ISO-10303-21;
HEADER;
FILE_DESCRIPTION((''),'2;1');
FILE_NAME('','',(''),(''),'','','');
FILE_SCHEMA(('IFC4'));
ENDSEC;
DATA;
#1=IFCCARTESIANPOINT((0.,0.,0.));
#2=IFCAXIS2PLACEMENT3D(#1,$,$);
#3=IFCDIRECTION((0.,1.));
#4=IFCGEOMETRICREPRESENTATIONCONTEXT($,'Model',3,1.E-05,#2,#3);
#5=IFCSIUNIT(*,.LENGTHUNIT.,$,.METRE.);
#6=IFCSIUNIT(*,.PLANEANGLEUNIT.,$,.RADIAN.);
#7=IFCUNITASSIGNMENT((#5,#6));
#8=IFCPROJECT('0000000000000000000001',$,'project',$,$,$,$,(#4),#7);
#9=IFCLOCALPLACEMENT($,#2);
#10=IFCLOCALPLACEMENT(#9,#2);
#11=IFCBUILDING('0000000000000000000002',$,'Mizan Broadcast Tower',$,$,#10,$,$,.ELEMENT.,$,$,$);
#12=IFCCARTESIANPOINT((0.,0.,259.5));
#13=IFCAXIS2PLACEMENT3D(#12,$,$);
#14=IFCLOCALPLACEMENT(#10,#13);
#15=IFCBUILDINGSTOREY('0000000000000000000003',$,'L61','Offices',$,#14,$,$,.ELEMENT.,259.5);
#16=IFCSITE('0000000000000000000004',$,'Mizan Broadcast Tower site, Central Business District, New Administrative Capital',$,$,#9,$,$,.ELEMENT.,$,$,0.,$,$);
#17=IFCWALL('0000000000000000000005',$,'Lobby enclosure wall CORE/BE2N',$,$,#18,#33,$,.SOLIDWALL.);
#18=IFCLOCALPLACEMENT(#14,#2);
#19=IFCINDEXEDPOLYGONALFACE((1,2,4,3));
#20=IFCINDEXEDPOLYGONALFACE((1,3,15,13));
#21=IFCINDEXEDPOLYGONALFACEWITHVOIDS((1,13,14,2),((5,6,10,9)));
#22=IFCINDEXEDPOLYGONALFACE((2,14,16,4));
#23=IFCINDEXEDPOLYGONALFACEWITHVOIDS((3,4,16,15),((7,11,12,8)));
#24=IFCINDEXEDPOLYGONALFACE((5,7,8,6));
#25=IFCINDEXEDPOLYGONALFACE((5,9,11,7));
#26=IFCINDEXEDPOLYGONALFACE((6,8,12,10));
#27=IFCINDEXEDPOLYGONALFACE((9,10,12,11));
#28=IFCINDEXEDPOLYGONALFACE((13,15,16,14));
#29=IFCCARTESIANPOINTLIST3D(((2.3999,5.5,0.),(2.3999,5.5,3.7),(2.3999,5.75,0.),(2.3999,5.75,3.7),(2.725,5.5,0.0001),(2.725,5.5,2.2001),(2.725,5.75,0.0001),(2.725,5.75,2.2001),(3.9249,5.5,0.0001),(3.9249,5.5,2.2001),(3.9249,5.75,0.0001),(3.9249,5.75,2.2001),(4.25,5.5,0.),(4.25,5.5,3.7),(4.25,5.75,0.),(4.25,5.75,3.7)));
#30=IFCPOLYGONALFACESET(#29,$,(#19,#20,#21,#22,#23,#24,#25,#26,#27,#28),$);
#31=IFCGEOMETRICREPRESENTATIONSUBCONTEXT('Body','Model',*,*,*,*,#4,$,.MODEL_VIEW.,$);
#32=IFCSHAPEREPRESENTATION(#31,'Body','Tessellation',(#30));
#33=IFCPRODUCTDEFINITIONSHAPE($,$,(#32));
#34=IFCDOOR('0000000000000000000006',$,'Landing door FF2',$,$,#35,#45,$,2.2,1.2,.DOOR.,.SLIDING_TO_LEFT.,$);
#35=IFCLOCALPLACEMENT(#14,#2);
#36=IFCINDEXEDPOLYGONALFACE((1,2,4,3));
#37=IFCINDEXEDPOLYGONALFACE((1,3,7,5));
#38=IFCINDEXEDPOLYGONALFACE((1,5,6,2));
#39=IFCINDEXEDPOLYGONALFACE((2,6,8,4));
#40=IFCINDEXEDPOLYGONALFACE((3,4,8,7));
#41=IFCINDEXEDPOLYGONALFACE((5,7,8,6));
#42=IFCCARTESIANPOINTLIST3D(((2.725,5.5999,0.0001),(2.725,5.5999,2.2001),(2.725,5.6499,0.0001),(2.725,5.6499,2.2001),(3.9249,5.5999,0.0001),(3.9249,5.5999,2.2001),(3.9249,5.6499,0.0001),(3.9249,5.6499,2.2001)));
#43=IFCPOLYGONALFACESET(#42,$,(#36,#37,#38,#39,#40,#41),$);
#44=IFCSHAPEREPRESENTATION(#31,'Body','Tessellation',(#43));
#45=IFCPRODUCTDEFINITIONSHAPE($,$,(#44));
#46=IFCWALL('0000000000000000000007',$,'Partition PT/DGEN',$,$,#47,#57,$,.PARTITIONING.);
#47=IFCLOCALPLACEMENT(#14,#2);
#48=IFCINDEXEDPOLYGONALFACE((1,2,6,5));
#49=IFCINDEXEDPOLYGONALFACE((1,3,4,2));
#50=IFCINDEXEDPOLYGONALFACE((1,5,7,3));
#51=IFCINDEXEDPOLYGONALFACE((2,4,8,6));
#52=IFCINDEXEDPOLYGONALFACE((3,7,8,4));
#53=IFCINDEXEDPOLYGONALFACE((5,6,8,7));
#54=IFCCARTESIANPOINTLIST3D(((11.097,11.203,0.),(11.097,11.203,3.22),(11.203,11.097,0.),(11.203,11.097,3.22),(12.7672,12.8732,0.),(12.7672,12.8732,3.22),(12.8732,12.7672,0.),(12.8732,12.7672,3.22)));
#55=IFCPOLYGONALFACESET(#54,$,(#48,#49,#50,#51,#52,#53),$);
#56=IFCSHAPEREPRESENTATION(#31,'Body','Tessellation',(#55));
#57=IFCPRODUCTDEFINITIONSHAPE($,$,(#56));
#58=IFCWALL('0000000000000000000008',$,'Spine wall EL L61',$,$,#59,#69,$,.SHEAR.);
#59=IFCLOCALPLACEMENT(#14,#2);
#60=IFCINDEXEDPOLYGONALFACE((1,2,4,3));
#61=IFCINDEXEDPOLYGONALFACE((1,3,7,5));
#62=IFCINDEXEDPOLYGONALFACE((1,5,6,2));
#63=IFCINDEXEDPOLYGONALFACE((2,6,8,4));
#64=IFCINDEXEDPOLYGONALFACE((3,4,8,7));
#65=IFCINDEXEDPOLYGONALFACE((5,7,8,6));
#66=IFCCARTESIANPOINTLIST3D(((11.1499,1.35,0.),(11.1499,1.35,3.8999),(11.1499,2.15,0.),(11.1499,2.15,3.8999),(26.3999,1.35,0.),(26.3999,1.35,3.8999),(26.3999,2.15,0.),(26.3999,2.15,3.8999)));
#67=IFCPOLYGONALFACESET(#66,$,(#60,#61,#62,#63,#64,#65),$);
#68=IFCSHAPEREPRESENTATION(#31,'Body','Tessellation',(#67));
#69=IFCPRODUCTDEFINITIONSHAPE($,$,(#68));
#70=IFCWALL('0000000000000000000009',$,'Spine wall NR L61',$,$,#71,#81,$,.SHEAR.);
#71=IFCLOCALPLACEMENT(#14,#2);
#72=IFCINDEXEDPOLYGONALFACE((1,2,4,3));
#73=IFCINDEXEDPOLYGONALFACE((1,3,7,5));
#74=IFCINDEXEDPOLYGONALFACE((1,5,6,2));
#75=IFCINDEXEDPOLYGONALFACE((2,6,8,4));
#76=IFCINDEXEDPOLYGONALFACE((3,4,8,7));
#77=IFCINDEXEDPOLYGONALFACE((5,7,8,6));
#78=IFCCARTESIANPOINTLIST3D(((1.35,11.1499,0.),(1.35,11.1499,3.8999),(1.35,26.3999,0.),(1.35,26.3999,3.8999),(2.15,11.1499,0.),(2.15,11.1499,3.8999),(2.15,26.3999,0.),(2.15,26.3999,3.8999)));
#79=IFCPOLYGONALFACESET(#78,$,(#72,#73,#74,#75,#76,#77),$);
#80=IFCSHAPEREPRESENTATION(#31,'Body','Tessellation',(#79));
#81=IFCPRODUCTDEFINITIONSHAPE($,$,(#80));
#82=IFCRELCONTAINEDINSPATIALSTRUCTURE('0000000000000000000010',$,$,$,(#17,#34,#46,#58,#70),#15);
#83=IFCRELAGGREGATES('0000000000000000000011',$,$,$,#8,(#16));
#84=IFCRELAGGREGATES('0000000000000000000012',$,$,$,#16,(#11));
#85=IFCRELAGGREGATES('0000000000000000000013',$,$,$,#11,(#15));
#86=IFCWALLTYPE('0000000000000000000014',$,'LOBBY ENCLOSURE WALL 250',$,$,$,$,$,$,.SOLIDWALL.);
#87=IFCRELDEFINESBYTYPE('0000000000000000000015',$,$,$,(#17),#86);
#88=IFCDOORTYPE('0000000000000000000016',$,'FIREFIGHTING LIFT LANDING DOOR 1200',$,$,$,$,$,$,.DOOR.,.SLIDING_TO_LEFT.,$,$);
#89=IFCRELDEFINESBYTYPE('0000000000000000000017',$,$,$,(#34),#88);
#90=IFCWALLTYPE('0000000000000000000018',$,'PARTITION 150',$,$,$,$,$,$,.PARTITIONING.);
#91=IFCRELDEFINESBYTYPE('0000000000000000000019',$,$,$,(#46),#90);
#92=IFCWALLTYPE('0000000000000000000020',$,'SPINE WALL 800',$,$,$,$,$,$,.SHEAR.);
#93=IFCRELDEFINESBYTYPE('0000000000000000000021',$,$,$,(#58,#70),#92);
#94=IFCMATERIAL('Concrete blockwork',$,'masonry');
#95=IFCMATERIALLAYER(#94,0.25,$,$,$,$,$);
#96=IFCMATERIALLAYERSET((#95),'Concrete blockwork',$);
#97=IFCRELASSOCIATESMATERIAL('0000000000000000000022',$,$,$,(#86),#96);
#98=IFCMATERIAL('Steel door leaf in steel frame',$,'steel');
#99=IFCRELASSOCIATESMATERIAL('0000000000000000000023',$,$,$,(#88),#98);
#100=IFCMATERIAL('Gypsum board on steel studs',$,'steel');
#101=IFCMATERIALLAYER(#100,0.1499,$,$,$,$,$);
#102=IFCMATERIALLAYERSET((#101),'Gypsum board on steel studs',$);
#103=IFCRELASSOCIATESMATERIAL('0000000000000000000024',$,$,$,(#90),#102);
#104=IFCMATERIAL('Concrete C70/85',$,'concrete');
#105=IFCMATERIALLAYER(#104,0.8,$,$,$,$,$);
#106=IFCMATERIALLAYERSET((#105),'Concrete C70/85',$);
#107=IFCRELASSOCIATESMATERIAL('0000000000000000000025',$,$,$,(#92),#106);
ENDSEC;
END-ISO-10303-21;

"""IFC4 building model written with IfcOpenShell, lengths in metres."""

from ifc_helpers import new_model, si_unit, direction, frame, frame_2d, origin, place, context, subcontext, project, spatial, rectangle, extrude, material, layer, layer_set, type_object, element, fill, save


model = new_model("IFC4")

# Units and contexts
model_context = context("Model", 3, precision=1e-05, world=origin(), true_north=direction((0.0, 1.0)))
body_context = subcontext(model_context, "Body", "Model", "MODEL_VIEW")
ifc_project = project(units=[si_unit("LENGTHUNIT", "METRE"), si_unit("PLANEANGLEUNIT", "RADIAN")], contexts=[model_context])

# Site, building, storey
site_placement = place(None, origin())
site = spatial("IfcSite", under=ifc_project, at=site_placement, Name="Mizan Broadcast Tower site, Central Business District, New Administrative Capital", CompositionType="ELEMENT", RefElevation=0.0)
building_placement = place(site_placement, origin())
building = spatial("IfcBuilding", under=site, at=building_placement, Name="Mizan Broadcast Tower", CompositionType="ELEMENT")
storey_placement = place(building_placement, frame((0.0, 0.0, 259.5)))
storey = spatial("IfcBuildingStorey", under=building, at=storey_placement, Name="L61", Description="Offices", CompositionType="ELEMENT", Elevation=259.5)

# Wall, opening, door
ifc_material_1 = material(Name="Concrete blockwork", Category="masonry")
ifc_layer_1 = layer(ifc_material_1, 0.25)
ifc_layer_set_1 = layer_set([ifc_layer_1], Name="Concrete blockwork")
wall_type_1 = type_object("IfcWallType", Name="LOBBY ENCLOSURE WALL 250", PredefinedType="SOLIDWALL", material=ifc_layer_set_1)
wall_1_placement = place(storey_placement, frame((2.3999, 5.625, 0.0), z_axis=(0.0, 0.0, 1.0), x_axis=(1.0, 0.0, 0.0)))
wall_1 = element("IfcWall", 1, at=wall_1_placement, inside=storey, type_object=wall_type_1, Name="Lobby enclosure wall CORE/BE2N", PredefinedType="SOLIDWALL", context=body_context, shape_type="SweptSolid", body=[
    extrude(rectangle(XDim=1.8501, YDim=0.25, at=frame_2d((0.925, 0.0))), origin(), (0.0, 0.0, 1.0), 3.7),
])
opening_1_placement = place(wall_1_placement, frame((0.325, 0.0, 0.0)))
opening_1 = element("IfcOpeningElement", 2, at=opening_1_placement, cuts=wall_1, PredefinedType="OPENING", context=body_context, shape_type="SweptSolid", body=[
    extrude(rectangle(XDim=1.2, YDim=2.2, at=frame_2d((0.6001, 1.1001))), frame((0.0, 0.135, 0.0), z_axis=(0.0, -1.0, 0.0), x_axis=(1.0, 0.0, 0.0)), (0.0, 0.0, 1.0), 0.27),
])
ifc_material_2 = material(Name="Steel door leaf in steel frame", Category="steel")
door_type_1 = type_object("IfcDoorType", Name="FIREFIGHTING LIFT LANDING DOOR 1200", OperationType="SLIDING_TO_LEFT", PredefinedType="DOOR", material=ifc_material_2)
door_1_placement = place(opening_1_placement, origin())
door_1 = element("IfcDoor", 3, at=door_1_placement, inside=storey, type_object=door_type_1, Name="Landing door FF2", OperationType="SLIDING_TO_LEFT", OverallHeight=2.2, OverallWidth=1.2, PredefinedType="DOOR", context=body_context, shape_type="SweptSolid", body=[
    extrude(rectangle(XDim=1.2, YDim=2.2, at=frame_2d((0.6001, 1.1001))), frame((0.0, 0.0249, 0.0), z_axis=(0.0, -1.0, 0.0), x_axis=(1.0, 0.0, 0.0)), (0.0, 0.0, 1.0), 0.05),
])
fill(opening_1, door_1)

# Walls
ifc_material_3 = material(Name="Gypsum board on steel studs", Category="steel")
ifc_layer_2 = layer(ifc_material_3, 0.1499)
ifc_layer_set_2 = layer_set([ifc_layer_2], Name="Gypsum board on steel studs")
wall_type_2 = type_object("IfcWallType", Name="PARTITION 150", PredefinedType="PARTITIONING", material=ifc_layer_set_2)
wall_2_placement = place(storey_placement, frame((11.1499, 11.1499, 0.0), z_axis=(0.0, 0.0, 1.0), x_axis=(0.707107, 0.707107, 0.0)))
element("IfcWall", 4, at=wall_2_placement, inside=storey, type_object=wall_type_2, Name="Partition PT/DGEN", PredefinedType="PARTITIONING", context=body_context, shape_type="SweptSolid", body=[
    extrude(rectangle(XDim=2.3621, YDim=0.1499, at=frame_2d((1.1812, 0.0))), origin(), (0.0, 0.0, 1.0), 3.22),
])
ifc_material_4 = material(Name="Concrete C70/85", Category="concrete")
ifc_layer_3 = layer(ifc_material_4, 0.8)
ifc_layer_set_3 = layer_set([ifc_layer_3], Name="Concrete C70/85")
wall_type_3 = type_object("IfcWallType", Name="SPINE WALL 800", PredefinedType="SHEAR", material=ifc_layer_set_3)
for number, where, z_axis, x_axis, name in (
    (5, (11.1499, 1.75, 0.0), (0.0, 0.0, 1.0), (1.0, 0.0, 0.0), "Spine wall EL L61"),
    (6, (1.75, 11.1499, 0.0), (0.0, 0.0, 1.0), (0.0, 1.0, 0.0), "Spine wall NR L61"),
):
    element("IfcWall", number, at=place(storey_placement, frame(where, z_axis=z_axis, x_axis=x_axis)), inside=storey, type_object=wall_type_3, Name=name, PredefinedType="SHEAR", context=body_context, shape_type="SweptSolid", body=[
        extrude(rectangle(XDim=15.25, YDim=0.8, at=frame_2d((7.625, 0.0))), origin(), (0.0, 0.0, 1.0), 3.8999),
    ])

save(model, "model.ifc")
